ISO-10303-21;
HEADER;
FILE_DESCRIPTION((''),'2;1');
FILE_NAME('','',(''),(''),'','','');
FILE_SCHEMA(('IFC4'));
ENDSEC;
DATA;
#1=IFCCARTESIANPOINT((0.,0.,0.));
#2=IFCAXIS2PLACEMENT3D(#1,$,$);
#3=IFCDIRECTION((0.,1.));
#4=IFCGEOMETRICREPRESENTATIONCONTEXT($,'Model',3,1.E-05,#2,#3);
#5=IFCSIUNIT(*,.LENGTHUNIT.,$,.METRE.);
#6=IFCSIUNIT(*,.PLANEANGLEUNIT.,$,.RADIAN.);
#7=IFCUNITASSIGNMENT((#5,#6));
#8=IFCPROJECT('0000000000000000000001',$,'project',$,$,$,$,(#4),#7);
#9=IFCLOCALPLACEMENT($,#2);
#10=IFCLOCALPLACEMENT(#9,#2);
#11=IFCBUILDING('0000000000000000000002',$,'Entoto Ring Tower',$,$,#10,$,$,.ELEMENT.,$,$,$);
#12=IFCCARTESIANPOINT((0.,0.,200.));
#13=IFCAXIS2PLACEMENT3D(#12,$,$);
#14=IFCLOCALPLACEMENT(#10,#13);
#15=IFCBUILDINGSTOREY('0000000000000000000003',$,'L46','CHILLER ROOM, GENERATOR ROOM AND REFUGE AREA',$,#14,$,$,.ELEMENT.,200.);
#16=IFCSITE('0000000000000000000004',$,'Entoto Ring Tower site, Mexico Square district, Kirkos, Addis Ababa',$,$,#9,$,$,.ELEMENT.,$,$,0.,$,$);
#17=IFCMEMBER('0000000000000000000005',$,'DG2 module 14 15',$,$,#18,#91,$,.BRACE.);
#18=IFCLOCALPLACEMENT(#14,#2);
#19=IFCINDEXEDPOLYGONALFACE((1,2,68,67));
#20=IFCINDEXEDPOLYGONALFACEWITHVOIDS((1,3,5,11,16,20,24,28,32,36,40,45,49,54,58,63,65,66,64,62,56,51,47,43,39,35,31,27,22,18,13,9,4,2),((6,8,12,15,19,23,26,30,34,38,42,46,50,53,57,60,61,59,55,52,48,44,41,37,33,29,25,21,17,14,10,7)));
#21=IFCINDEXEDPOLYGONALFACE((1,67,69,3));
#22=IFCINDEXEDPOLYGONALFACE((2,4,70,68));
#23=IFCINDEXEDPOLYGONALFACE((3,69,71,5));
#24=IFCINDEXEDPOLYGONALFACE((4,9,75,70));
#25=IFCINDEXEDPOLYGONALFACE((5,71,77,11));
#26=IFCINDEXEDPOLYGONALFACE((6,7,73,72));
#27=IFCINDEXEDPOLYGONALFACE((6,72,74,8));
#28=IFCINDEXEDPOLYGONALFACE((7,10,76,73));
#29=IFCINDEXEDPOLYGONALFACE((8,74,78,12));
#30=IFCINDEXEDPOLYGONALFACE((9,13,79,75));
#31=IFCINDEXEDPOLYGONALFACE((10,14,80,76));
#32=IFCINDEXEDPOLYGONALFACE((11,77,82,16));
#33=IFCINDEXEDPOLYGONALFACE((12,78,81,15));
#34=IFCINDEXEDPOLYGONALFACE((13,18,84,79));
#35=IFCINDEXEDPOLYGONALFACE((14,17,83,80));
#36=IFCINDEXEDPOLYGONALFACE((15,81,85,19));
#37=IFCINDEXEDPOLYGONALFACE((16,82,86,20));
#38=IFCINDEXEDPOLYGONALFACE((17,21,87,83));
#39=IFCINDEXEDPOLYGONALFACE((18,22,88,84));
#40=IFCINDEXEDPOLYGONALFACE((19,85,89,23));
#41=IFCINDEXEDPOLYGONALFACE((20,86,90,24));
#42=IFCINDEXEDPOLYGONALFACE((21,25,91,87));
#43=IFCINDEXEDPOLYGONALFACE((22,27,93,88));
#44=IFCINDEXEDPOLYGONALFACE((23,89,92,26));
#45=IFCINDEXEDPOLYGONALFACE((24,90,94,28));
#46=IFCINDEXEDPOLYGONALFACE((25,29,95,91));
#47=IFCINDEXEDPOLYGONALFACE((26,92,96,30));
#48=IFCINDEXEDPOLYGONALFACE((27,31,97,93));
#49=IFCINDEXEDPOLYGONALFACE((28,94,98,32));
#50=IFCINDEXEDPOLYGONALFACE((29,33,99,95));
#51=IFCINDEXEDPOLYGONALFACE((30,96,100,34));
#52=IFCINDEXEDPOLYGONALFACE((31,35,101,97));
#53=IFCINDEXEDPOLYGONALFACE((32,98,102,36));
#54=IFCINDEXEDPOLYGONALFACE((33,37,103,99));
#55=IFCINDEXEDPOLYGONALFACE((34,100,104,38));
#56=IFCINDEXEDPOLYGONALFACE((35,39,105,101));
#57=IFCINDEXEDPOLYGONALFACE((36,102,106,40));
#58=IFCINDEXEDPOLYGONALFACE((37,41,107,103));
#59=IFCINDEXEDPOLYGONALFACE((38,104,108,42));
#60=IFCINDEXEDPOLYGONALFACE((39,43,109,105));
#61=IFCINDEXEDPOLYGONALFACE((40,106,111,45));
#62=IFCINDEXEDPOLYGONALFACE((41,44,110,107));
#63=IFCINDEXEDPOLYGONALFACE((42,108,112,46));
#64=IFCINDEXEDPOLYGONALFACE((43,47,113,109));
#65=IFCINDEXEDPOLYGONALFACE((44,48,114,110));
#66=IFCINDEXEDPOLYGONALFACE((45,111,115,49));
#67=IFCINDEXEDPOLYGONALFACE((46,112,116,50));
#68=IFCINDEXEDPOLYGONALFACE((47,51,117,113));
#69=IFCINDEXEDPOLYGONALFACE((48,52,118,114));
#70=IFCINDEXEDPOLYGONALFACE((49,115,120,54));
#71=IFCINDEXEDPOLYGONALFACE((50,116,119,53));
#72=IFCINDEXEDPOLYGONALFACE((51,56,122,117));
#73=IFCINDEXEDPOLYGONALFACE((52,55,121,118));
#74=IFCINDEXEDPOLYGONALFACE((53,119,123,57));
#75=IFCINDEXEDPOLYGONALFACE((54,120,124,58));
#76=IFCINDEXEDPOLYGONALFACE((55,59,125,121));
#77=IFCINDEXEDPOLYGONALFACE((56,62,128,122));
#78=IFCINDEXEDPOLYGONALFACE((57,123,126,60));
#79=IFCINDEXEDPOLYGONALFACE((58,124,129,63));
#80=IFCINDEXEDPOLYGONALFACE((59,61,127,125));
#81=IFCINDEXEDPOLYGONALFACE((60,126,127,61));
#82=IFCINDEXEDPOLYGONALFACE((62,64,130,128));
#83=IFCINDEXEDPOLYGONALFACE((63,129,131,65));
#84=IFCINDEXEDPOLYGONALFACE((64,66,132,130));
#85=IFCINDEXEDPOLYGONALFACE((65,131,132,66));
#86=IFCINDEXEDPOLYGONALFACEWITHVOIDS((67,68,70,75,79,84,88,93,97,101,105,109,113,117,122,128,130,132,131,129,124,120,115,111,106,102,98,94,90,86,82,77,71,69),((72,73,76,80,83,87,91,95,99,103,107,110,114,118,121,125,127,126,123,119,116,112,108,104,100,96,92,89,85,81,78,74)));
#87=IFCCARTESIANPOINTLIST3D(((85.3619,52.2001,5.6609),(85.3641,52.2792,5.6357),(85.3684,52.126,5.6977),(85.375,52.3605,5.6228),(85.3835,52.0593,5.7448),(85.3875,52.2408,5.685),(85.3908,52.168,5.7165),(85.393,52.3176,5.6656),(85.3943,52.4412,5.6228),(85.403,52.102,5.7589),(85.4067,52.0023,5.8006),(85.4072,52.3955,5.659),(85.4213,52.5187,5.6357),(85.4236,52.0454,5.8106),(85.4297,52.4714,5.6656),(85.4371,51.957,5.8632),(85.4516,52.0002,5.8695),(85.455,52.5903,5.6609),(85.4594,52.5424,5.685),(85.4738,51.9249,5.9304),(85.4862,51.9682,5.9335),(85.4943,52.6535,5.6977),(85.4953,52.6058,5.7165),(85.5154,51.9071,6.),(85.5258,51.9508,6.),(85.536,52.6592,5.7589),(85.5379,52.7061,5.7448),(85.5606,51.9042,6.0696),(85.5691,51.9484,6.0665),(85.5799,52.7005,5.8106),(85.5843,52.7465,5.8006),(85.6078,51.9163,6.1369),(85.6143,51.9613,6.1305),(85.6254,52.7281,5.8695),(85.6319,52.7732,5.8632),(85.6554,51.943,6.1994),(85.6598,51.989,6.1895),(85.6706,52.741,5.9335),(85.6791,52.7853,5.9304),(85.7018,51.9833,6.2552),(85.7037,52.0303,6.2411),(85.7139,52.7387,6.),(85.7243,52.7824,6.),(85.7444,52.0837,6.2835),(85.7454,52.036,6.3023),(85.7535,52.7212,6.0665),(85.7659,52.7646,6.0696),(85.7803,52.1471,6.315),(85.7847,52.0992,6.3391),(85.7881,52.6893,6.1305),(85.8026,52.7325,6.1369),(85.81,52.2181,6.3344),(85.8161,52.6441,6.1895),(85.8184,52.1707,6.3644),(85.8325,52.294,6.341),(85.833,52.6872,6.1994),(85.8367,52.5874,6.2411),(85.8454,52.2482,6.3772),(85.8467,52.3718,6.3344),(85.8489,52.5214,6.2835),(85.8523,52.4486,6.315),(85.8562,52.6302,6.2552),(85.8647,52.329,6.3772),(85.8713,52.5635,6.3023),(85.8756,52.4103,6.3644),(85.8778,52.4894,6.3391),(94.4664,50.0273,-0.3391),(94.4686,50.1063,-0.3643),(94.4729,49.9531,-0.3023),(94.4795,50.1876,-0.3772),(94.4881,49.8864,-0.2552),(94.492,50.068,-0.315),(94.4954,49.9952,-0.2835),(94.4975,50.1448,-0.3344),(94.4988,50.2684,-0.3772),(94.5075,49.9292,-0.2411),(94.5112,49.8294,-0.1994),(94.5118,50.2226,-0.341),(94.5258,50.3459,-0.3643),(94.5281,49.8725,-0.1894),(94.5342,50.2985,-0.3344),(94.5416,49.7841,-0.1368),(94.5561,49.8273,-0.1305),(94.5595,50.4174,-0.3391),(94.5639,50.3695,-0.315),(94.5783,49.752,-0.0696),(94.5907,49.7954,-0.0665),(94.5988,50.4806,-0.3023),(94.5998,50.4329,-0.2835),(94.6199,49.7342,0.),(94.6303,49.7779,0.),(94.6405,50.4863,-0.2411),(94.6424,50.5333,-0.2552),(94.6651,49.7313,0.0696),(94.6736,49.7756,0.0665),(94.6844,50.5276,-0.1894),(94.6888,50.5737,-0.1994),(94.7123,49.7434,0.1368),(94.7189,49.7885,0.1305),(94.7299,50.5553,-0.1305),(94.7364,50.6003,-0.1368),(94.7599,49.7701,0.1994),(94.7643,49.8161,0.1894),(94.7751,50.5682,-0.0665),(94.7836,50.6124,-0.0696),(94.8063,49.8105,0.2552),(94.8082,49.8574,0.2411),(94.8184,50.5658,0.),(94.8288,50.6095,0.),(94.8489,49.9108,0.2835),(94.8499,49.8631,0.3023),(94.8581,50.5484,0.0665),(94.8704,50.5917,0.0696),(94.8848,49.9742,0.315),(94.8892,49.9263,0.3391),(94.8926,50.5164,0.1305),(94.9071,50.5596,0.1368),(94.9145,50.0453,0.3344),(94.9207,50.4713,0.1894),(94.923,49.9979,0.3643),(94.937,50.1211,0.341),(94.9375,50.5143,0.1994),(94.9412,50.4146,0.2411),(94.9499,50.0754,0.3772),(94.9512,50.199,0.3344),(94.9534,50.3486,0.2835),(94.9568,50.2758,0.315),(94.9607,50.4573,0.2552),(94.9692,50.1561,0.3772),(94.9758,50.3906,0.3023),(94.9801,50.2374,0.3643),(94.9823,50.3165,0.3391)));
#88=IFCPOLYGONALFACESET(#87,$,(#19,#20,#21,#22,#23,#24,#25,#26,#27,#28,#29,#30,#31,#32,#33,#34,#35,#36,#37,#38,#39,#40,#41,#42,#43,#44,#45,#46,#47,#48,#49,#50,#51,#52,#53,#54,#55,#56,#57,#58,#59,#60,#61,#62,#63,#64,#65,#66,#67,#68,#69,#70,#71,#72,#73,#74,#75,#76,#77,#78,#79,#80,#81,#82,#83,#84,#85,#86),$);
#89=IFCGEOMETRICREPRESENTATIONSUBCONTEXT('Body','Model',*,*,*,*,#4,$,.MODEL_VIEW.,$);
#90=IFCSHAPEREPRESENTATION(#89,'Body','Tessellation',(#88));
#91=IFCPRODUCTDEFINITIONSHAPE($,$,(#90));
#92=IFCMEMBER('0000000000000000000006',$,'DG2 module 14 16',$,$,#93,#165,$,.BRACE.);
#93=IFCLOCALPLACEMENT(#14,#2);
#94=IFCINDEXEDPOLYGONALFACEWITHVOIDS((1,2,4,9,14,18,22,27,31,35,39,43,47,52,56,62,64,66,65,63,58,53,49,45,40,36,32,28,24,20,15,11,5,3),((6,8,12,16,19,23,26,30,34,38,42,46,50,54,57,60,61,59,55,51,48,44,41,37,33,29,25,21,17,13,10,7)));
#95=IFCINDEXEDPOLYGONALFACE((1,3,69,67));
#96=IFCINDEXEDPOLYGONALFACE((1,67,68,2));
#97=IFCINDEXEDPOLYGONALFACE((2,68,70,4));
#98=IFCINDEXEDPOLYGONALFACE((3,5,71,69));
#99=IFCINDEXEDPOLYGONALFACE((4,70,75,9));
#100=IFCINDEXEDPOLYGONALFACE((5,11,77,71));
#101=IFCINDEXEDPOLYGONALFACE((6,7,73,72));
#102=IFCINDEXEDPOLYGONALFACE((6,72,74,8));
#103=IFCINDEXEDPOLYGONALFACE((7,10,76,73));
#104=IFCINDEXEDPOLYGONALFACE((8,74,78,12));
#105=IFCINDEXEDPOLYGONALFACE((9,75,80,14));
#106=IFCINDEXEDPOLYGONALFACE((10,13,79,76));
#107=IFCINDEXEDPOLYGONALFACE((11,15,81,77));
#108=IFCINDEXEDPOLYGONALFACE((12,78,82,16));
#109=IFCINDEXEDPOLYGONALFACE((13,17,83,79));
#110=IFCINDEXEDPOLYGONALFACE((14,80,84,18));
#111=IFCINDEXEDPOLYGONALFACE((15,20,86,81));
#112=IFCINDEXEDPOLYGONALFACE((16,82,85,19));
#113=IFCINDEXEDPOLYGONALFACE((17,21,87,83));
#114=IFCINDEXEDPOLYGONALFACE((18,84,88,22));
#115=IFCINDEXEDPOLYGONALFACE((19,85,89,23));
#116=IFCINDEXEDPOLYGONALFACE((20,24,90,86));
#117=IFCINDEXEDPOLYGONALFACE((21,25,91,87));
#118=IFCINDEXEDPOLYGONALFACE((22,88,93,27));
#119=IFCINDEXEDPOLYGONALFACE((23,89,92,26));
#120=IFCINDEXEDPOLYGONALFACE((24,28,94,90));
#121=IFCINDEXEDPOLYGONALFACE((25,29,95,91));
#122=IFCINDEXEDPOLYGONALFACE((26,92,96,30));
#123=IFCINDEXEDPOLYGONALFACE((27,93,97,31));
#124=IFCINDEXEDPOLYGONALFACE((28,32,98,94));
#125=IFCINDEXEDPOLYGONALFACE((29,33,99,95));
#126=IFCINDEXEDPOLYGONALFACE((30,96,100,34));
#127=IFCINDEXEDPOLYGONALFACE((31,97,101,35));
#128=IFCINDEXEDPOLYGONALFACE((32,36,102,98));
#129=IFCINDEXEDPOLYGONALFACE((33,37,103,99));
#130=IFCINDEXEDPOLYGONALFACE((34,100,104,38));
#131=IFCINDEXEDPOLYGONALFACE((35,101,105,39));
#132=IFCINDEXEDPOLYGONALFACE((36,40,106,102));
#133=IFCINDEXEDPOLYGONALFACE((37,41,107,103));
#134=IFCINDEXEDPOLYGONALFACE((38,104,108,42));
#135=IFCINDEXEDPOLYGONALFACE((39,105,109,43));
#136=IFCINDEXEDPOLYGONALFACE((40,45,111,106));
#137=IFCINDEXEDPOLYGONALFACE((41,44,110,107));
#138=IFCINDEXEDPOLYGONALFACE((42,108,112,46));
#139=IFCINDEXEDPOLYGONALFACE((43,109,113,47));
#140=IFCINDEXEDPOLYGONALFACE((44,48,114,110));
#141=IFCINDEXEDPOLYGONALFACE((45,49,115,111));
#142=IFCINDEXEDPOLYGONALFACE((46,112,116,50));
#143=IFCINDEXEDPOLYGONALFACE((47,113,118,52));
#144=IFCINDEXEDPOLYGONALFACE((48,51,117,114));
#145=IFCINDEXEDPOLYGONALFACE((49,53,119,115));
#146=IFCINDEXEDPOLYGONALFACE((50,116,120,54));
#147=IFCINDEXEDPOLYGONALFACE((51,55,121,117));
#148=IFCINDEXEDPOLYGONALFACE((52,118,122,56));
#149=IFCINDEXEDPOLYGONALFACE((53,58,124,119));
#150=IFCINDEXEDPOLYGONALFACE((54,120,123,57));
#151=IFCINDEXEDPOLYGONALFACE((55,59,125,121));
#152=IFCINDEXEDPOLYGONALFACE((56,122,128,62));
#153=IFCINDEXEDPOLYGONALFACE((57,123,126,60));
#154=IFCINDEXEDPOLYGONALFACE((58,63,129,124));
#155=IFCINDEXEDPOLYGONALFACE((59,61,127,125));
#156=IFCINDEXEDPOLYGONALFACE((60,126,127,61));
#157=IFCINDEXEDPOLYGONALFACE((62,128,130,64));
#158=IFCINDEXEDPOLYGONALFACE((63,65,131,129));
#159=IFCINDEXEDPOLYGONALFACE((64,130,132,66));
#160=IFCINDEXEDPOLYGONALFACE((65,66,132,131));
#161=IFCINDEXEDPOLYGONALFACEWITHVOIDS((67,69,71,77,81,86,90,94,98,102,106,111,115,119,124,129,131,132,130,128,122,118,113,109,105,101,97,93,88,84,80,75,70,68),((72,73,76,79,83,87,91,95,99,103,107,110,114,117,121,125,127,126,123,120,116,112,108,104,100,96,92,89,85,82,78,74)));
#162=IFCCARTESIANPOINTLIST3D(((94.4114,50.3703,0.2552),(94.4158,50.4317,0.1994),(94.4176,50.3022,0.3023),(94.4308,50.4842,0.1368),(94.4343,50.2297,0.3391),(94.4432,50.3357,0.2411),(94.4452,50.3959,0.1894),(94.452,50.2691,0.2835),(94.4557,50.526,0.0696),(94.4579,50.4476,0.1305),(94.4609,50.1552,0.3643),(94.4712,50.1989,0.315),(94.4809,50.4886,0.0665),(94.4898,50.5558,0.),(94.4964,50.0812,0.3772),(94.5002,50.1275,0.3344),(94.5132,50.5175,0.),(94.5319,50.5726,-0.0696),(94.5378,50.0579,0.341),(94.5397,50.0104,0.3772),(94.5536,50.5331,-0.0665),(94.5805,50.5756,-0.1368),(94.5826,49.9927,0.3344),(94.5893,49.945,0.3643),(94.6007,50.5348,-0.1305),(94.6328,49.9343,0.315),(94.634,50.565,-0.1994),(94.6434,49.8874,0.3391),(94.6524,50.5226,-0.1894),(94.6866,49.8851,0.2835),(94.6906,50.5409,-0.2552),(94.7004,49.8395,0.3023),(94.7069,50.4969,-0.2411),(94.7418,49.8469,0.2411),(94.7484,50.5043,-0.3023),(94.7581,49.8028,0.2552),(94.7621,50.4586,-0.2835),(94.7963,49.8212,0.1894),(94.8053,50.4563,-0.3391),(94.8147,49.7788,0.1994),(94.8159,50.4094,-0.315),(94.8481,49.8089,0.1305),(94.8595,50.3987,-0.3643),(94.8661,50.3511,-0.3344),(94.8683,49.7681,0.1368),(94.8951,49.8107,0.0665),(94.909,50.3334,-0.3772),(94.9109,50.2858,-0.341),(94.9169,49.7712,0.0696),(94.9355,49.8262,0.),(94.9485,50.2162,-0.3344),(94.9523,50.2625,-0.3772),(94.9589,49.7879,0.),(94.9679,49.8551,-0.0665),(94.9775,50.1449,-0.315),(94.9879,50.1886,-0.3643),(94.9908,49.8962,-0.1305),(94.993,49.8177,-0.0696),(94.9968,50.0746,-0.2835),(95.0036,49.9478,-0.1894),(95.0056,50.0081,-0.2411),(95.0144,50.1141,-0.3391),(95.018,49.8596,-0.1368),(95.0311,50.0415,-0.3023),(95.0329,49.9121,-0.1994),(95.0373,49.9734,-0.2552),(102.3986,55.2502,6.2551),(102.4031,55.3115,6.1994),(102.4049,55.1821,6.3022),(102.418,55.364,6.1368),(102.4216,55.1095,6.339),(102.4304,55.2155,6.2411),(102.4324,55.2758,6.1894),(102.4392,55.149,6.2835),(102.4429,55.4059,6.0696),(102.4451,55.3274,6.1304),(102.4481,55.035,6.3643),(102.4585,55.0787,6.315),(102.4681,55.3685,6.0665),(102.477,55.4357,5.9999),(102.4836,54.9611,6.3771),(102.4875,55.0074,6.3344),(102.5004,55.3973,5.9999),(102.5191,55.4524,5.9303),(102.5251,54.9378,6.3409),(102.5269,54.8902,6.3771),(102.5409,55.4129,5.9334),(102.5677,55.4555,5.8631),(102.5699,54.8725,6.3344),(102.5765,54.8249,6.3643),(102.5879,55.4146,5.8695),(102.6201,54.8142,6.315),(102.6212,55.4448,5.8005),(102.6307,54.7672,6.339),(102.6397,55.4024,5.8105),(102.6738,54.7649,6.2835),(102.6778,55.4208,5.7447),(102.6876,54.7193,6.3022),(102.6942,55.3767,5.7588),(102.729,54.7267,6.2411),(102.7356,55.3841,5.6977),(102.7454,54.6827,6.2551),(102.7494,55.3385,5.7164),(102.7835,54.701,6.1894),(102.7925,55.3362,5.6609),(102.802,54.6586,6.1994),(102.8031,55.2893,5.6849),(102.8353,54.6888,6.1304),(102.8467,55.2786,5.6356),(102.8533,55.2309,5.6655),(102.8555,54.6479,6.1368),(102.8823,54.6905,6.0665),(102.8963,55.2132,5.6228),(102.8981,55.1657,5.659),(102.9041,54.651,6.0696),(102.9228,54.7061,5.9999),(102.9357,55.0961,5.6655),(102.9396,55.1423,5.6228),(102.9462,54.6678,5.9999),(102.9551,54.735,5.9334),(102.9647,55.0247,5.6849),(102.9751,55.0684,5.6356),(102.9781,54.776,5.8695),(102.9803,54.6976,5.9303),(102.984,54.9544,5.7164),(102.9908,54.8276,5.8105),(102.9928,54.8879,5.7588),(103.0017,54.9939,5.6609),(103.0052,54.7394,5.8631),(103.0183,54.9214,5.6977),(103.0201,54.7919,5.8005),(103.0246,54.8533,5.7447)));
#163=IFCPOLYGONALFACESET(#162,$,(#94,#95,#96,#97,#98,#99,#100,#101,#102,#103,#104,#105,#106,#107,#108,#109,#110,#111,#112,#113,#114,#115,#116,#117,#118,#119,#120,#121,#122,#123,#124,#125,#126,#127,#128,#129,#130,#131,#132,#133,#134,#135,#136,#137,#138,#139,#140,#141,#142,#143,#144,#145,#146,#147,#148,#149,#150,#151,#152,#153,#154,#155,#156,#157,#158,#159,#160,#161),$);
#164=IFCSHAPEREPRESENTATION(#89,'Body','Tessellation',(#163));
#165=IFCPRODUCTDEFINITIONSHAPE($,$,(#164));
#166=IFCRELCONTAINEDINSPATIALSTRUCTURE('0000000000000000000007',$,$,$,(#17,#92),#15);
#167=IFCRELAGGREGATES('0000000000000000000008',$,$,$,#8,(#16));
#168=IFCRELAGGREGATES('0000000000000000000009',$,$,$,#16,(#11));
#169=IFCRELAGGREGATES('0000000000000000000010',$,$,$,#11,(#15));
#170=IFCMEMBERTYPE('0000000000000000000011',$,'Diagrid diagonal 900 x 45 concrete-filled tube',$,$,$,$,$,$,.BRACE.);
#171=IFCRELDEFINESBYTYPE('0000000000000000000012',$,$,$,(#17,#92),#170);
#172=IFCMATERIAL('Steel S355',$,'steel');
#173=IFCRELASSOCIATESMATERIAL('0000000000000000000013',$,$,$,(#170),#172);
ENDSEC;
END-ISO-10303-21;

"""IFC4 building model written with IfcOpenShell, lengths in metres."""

from ifc_helpers import new_model, si_unit, direction, frame, origin, origin_2d, place, context, subcontext, project, spatial, circle, hollow_circle, extrude, material, material_profile, profile_set, type_object, element, save


model = new_model("IFC4")

# Units and contexts
model_context = context("Model", 3, precision=1e-05, world=origin(), true_north=direction((0.0, 1.0)))
body_context = subcontext(model_context, "Body", "Model", "MODEL_VIEW")
ifc_project = project(units=[si_unit("LENGTHUNIT", "METRE"), si_unit("PLANEANGLEUNIT", "RADIAN")], contexts=[model_context])

# Site, building, storey
site_placement = place(None, origin())
site = spatial("IfcSite", under=ifc_project, at=site_placement, Name="Entoto Ring Tower site, Mexico Square district, Kirkos, Addis Ababa", CompositionType="ELEMENT", RefElevation=0.0)
building_placement = place(site_placement, origin())
building = spatial("IfcBuilding", under=site, at=building_placement, Name="Entoto Ring Tower", CompositionType="ELEMENT")
storey_placement = place(building_placement, frame((0.0, 0.0, 200.0)))
storey = spatial("IfcBuildingStorey", under=building, at=storey_placement, Name="L46", Description="CHILLER ROOM, GENERATOR ROOM AND REFUGE AREA", CompositionType="ELEMENT", Elevation=200.0)

# Members
ifc_material_1 = material(Name="Steel S355", Category="steel")
ifc_material_profile_1 = material_profile(ifc_material_1, hollow_circle(Radius=0.45, WallThickness=0.0449, at=origin_2d()), Name="CHS 900 x 45")
ifc_material_2 = material(Name="Concrete C60/75", Category="concrete")
ifc_material_profile_2 = material_profile(ifc_material_2, circle(Radius=0.405, at=origin_2d()), Name="Concrete C60/75 infill")
ifc_profile_set_1 = profile_set([ifc_material_profile_1, ifc_material_profile_2], Name="Steel S355")
member_type_1 = type_object("IfcMemberType", Name="Diagrid diagonal 900 x 45 concrete-filled tube", PredefinedType="BRACE", material=ifc_profile_set_1)
member_1_placement = place(storey_placement, frame((94.7244, 50.1719, 0.0), z_axis=(-0.818886, 0.195433, 0.539659), x_axis=(-0.232138, -0.972683, 0.0)))
element("IfcMember", 1, at=member_1_placement, inside=storey, type_object=member_type_1, Name="DG2 module 14 15", PredefinedType="BRACE", context=body_context, shape_type="SweptSolid", body=[
    extrude(hollow_circle(Radius=0.45, WallThickness=0.0449, at=origin_2d()), origin(), (0.0, 0.0, 1.0), 11.1182),
])
member_2_placement = place(storey_placement, frame((94.7244, 50.1719, 0.0), z_axis=(0.718411, 0.438917, 0.539665), x_axis=(-0.521353, 0.853341, 0.0)))
element("IfcMember", 2, at=member_2_placement, inside=storey, type_object=member_type_1, Name="DG2 module 14 16", PredefinedType="BRACE", context=body_context, shape_type="SweptSolid", body=[
    extrude(hollow_circle(Radius=0.45, WallThickness=0.0449, at=origin_2d()), origin(), (0.0, 0.0, 1.0), 11.1179),
])

save(model, "model.ifc")
